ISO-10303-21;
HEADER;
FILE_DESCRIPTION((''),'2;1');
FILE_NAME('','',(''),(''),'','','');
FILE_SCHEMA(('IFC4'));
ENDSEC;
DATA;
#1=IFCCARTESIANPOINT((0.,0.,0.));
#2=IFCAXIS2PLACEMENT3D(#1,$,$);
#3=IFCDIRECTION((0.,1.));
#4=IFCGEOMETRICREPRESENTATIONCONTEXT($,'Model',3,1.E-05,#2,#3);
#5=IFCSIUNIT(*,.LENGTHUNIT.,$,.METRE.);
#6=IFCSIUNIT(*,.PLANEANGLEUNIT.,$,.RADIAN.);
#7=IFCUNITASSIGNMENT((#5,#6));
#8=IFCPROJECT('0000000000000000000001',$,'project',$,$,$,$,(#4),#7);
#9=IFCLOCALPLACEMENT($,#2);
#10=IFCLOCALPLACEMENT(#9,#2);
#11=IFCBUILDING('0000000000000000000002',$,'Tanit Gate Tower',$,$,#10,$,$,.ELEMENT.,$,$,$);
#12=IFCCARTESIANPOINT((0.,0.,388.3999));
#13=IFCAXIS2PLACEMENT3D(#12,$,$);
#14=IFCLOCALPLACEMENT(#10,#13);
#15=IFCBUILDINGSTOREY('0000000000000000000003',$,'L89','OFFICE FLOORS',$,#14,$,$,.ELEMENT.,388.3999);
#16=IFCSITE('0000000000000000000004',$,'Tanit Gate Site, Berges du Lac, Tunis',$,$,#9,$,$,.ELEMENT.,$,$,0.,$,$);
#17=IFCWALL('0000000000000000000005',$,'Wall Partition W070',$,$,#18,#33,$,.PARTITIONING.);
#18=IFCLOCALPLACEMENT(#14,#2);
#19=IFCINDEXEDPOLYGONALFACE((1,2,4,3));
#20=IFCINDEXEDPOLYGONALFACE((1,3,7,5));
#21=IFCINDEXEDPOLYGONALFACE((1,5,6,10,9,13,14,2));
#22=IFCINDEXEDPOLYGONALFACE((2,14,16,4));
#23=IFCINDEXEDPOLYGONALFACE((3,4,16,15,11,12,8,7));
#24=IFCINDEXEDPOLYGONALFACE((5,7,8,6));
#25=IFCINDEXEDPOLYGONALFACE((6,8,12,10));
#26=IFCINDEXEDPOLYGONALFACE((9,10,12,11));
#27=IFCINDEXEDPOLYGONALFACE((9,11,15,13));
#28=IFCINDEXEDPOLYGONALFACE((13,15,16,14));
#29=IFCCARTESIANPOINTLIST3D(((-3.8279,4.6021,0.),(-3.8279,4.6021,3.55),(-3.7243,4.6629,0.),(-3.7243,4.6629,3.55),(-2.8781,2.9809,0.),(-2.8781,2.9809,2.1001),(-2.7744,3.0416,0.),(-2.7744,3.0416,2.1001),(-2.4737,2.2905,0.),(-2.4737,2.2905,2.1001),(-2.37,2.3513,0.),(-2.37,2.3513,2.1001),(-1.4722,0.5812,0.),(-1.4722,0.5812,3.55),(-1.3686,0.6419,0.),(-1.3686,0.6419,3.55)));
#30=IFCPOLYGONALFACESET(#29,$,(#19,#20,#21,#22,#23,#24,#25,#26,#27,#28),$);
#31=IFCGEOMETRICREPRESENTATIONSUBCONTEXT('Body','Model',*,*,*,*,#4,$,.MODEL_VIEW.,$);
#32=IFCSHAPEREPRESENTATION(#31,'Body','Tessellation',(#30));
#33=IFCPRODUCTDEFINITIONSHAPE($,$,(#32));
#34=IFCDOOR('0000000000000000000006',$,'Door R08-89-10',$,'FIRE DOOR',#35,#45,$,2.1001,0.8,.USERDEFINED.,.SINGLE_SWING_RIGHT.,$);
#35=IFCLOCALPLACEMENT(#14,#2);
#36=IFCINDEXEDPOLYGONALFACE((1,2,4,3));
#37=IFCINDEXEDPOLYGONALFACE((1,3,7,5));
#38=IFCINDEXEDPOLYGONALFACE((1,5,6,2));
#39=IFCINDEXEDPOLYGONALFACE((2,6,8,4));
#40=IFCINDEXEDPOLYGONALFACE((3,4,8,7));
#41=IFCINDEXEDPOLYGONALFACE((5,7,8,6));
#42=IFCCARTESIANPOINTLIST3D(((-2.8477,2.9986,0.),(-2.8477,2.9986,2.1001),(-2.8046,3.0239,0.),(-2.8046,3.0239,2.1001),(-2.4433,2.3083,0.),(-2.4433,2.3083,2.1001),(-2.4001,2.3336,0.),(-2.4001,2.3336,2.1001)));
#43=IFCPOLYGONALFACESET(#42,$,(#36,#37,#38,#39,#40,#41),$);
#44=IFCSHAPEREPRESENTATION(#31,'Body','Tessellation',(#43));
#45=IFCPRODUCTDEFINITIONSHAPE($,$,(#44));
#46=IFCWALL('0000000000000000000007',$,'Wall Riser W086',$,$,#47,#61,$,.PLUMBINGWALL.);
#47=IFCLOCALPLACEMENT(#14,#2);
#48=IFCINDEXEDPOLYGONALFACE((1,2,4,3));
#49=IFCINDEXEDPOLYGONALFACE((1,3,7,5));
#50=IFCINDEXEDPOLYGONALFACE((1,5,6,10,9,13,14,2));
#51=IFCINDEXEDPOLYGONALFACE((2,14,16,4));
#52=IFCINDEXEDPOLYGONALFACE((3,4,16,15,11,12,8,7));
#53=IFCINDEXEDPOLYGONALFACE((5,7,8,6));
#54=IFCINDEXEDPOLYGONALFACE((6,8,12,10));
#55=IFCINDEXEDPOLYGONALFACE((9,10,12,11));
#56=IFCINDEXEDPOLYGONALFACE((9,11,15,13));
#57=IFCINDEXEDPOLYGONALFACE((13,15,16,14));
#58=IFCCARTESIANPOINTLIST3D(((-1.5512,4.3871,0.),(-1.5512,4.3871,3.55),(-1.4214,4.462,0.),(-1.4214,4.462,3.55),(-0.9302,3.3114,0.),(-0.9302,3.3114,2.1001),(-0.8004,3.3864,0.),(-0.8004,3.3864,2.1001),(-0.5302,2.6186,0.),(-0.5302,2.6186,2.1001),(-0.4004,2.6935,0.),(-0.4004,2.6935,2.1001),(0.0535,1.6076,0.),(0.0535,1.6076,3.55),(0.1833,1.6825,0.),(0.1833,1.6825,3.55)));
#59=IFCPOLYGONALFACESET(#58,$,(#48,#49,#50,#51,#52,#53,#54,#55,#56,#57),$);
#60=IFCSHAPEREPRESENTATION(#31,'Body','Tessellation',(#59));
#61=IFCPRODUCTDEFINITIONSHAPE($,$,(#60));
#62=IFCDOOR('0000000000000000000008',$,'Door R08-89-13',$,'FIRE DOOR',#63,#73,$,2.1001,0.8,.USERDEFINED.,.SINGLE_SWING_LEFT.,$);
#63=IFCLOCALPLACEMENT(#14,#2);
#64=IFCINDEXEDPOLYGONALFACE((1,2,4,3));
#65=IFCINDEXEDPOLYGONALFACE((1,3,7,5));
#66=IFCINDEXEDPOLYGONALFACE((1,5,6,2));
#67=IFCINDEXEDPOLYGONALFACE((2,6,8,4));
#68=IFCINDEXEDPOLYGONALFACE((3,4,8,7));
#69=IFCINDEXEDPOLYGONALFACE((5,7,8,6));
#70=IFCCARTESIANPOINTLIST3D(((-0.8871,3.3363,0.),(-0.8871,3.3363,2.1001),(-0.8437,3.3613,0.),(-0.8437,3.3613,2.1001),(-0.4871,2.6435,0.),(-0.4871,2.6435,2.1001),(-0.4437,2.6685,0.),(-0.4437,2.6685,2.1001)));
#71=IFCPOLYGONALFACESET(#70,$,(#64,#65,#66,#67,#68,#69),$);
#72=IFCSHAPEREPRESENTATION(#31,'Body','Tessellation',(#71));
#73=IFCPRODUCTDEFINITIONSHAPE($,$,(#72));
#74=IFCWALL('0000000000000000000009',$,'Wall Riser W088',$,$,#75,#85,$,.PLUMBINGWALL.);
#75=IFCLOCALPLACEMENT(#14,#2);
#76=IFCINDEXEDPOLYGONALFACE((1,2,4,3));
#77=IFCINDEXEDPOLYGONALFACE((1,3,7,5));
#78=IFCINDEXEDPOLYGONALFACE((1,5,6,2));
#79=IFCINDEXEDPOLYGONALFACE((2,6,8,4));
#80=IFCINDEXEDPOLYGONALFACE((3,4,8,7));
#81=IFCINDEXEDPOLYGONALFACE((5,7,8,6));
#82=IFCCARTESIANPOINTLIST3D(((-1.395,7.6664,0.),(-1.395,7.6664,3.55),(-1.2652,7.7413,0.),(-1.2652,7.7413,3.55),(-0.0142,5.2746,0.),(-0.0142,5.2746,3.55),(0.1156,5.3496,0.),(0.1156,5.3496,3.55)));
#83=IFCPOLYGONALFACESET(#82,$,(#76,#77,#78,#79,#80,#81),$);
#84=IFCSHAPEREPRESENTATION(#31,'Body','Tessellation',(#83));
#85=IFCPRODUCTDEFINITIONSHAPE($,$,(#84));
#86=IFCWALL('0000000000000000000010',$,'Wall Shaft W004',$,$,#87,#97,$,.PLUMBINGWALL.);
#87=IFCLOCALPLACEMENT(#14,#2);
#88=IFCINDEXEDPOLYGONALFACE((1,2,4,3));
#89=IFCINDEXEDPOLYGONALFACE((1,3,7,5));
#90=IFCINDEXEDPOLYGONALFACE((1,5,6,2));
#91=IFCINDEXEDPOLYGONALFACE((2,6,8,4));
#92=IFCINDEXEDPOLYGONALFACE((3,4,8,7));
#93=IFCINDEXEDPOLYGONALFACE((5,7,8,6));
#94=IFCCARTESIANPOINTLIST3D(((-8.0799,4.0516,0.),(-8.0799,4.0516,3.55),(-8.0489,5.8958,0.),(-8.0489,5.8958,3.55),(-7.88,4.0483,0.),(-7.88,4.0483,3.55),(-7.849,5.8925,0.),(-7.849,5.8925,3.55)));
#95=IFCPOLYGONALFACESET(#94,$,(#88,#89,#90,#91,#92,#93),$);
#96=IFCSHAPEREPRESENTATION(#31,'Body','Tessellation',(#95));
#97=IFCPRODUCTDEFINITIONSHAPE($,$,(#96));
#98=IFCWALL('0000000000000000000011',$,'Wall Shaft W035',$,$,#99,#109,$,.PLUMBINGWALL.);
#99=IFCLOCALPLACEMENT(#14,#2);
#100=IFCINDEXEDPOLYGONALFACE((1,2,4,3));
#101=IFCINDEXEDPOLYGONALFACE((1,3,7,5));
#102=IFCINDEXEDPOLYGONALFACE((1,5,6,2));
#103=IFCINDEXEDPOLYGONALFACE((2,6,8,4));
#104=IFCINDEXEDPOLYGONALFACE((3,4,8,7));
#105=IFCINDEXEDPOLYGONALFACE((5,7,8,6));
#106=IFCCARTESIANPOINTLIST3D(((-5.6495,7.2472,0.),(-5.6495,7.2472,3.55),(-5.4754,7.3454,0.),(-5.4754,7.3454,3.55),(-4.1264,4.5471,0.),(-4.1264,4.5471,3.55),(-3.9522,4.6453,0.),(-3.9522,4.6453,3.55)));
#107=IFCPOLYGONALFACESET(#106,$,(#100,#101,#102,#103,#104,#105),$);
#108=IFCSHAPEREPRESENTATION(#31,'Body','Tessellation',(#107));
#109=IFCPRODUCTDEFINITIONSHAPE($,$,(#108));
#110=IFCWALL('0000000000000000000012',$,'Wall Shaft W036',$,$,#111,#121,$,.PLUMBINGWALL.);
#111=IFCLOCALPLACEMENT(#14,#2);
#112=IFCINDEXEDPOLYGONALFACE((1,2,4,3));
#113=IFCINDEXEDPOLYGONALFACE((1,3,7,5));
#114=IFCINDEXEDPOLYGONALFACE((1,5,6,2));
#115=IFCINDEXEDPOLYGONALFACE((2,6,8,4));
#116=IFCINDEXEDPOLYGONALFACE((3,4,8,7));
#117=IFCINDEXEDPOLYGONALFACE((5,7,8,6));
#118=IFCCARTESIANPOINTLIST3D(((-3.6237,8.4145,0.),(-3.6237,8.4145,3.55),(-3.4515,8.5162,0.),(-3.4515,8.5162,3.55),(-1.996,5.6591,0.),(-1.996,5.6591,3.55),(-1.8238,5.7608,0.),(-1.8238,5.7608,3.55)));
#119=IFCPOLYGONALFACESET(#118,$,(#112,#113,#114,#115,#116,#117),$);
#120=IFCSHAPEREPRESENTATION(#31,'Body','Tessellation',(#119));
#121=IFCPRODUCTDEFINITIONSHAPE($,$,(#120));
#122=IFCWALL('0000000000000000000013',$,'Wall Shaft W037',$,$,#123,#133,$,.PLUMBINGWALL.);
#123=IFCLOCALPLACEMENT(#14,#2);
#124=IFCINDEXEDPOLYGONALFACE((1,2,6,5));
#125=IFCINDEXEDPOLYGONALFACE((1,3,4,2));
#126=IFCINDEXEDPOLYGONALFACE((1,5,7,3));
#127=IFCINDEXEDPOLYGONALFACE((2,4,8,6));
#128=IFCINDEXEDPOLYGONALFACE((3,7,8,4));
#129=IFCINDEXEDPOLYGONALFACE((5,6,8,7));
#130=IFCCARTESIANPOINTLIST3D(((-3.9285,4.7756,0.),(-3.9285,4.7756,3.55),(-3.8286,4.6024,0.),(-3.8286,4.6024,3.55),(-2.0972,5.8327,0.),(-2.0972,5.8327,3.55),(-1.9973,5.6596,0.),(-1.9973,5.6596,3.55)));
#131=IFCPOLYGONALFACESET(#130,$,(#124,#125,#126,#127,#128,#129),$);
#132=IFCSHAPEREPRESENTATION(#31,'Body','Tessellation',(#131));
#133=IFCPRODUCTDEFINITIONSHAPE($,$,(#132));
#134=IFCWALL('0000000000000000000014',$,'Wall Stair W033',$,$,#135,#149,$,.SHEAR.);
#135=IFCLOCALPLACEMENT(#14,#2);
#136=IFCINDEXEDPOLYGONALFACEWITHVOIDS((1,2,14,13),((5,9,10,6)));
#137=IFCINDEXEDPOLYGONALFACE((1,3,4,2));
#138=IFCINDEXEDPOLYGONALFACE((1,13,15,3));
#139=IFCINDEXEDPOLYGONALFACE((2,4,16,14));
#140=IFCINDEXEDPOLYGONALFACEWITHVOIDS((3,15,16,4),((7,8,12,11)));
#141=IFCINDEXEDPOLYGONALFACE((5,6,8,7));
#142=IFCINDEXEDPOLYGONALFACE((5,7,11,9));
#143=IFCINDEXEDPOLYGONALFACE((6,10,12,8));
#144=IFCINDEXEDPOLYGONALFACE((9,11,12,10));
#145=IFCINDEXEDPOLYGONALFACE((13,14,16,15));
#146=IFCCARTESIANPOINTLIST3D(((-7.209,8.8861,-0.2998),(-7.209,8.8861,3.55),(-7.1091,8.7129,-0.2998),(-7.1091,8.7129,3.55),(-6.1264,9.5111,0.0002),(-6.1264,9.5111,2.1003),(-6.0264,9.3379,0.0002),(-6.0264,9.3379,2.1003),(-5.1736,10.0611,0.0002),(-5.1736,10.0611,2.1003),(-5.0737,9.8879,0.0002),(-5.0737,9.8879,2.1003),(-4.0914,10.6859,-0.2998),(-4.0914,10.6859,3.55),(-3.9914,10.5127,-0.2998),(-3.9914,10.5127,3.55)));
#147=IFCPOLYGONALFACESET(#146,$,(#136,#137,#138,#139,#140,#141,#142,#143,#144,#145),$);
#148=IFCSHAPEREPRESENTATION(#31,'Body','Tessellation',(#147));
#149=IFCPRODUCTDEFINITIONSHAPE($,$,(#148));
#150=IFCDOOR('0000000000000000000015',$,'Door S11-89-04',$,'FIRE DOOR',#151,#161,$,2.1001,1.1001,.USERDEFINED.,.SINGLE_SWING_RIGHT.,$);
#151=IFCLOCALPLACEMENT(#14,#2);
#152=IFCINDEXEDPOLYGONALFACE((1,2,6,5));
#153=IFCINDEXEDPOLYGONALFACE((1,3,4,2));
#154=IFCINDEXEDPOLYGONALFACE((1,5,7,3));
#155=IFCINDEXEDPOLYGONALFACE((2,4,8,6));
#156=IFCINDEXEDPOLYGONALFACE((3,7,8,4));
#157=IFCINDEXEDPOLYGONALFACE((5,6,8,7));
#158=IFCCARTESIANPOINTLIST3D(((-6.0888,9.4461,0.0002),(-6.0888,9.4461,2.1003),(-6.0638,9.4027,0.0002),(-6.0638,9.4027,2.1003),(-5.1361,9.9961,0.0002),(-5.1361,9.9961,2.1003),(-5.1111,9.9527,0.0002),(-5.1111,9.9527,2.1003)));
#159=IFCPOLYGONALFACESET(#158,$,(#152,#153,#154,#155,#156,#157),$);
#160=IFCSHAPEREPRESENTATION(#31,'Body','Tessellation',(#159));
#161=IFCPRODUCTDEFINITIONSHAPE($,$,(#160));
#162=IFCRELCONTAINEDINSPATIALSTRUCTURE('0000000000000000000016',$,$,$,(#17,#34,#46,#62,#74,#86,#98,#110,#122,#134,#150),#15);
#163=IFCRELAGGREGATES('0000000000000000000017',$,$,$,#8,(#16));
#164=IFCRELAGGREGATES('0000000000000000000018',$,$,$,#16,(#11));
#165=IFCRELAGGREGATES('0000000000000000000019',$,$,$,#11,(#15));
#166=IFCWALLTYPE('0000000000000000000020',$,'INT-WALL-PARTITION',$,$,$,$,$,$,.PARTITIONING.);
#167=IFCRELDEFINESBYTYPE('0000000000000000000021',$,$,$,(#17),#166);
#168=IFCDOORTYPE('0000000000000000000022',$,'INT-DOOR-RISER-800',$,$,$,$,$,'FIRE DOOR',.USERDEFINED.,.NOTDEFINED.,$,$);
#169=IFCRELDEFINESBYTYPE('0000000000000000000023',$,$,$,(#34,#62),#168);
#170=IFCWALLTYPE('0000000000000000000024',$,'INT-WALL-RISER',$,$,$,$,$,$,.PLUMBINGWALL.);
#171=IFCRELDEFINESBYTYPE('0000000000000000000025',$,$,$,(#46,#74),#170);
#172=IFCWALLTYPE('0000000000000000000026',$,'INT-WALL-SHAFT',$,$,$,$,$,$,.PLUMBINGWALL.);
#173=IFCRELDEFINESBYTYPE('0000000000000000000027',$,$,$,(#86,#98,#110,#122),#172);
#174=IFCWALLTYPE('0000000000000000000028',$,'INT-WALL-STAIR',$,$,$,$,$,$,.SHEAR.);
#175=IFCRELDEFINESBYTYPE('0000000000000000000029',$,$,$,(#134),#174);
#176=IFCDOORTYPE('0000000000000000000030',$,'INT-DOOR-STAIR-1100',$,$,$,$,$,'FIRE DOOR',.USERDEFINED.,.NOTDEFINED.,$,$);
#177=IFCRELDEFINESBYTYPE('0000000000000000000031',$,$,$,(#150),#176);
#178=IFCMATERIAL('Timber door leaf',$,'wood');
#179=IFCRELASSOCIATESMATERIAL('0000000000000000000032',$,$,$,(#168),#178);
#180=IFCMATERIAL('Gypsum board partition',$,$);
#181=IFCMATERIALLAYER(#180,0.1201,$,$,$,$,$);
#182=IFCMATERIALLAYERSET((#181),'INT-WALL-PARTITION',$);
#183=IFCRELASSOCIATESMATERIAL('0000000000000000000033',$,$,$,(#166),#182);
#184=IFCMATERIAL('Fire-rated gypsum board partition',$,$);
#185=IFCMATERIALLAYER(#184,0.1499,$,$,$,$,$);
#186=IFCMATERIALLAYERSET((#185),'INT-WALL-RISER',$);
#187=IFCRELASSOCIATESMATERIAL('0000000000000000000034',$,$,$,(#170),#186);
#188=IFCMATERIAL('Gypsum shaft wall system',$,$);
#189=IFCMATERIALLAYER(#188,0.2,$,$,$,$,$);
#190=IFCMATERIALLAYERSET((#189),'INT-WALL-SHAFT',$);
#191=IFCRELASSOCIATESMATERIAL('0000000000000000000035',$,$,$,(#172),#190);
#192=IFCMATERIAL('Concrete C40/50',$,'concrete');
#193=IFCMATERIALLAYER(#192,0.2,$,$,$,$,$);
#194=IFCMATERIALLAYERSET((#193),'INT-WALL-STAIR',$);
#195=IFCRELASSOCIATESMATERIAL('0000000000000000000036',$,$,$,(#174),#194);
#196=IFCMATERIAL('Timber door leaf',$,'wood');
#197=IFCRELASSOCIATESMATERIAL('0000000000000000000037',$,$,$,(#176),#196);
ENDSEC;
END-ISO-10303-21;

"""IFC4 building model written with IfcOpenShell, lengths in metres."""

from ifc_helpers import new_model, si_unit, direction, frame, frame_2d, origin, place, context, subcontext, project, spatial, rectangle, extrude, material, layer, layer_set, type_object, element, fill, save


model = new_model("IFC4")

# Units and contexts
model_context = context("Model", 3, precision=1e-05, world=origin(), true_north=direction((0.0, 1.0)))
body_context = subcontext(model_context, "Body", "Model", "MODEL_VIEW")
ifc_project = project(units=[si_unit("LENGTHUNIT", "METRE"), si_unit("PLANEANGLEUNIT", "RADIAN")], contexts=[model_context])

# Site, building, storey
site_placement = place(None, origin())
site = spatial("IfcSite", under=ifc_project, at=site_placement, Name="Tanit Gate Site, Berges du Lac, Tunis", CompositionType="ELEMENT", RefElevation=0.0)
building_placement = place(site_placement, origin())
building = spatial("IfcBuilding", under=site, at=building_placement, Name="Tanit Gate Tower", CompositionType="ELEMENT")
storey_placement = place(building_placement, frame((0.0, 0.0, 388.3999)))
storey = spatial("IfcBuildingStorey", under=building, at=storey_placement, Name="L89", Description="OFFICE FLOORS", CompositionType="ELEMENT", Elevation=388.3999)

# Shared definitions
ifc_material_1 = material(Name="Timber door leaf", Category="wood")
door_type_1 = type_object("IfcDoorType", Name="INT-DOOR-RISER-800", ElementType="FIRE DOOR", OperationType="NOTDEFINED", PredefinedType="USERDEFINED", material=ifc_material_1)

# Shared definitions
ifc_material_2 = material(Name="Gypsum board partition")
ifc_layer_1 = layer(ifc_material_2, 0.1201)
ifc_layer_set_1 = layer_set([ifc_layer_1], Name="INT-WALL-PARTITION")
wall_type_1 = type_object("IfcWallType", Name="INT-WALL-PARTITION", PredefinedType="PARTITIONING", material=ifc_layer_set_1)

# Walls, openings, doors
wall_1_placement = place(storey_placement, frame((-1.4204, 0.6116, 0.0), z_axis=(0.0, 0.0, 1.0), x_axis=(-0.505492, 0.862831, 0.0)))
wall_1 = element("IfcWall", 1, at=wall_1_placement, inside=storey, type_object=wall_type_1, Name="Wall Partition W070", PredefinedType="PARTITIONING", context=body_context, shape_type="SweptSolid", body=[
    extrude(rectangle(XDim=4.6602, YDim=0.1201, at=frame_2d((2.3301, 0.0))), origin(), (0.0, 0.0, 1.0), 3.55),
])
opening_1_placement = place(wall_1_placement, frame((1.9812, 0.0, 0.0)))
opening_1 = element("IfcOpeningElement", 2, at=opening_1_placement, cuts=wall_1, PredefinedType="OPENING", context=body_context, shape_type="SweptSolid", body=[
    extrude(rectangle(XDim=0.8, YDim=2.1001, at=frame_2d((0.3999, 1.05))), frame((0.0, 0.0701, 0.0), z_axis=(0.0, -1.0, 0.0), x_axis=(1.0, 0.0, 0.0)), (0.0, 0.0, 1.0), 0.1401),
])
door_1_placement = place(opening_1_placement, origin())
door_1 = element("IfcDoor", 3, at=door_1_placement, inside=storey, type_object=door_type_1, Name="Door R08-89-10", ObjectType="FIRE DOOR", OperationType="SINGLE_SWING_RIGHT", OverallHeight=2.1001, OverallWidth=0.8, PredefinedType="USERDEFINED", context=body_context, shape_type="SweptSolid", body=[
    extrude(rectangle(XDim=0.8, YDim=2.1001, at=frame_2d((0.3999, 1.05))), frame((0.0, 0.0249, 0.0), z_axis=(0.0, -1.0, 0.0), x_axis=(1.0, 0.0, 0.0)), (0.0, 0.0, 1.0), 0.05),
])
fill(opening_1, door_1)
ifc_material_3 = material(Name="Fire-rated gypsum board partition")
ifc_layer_2 = layer(ifc_material_3, 0.1499)
ifc_layer_set_2 = layer_set([ifc_layer_2], Name="INT-WALL-RISER")
wall_type_2 = type_object("IfcWallType", Name="INT-WALL-RISER", PredefinedType="PLUMBINGWALL", material=ifc_layer_set_2)
wall_2_placement = place(storey_placement, frame((-1.4863, 4.4246, 0.0), z_axis=(0.0, 0.0, 1.0), x_axis=(0.499992, -0.86603, 0.0)))
wall_2 = element("IfcWall", 4, at=wall_2_placement, inside=storey, type_object=wall_type_2, Name="Wall Riser W086", PredefinedType="PLUMBINGWALL", context=body_context, shape_type="SweptSolid", body=[
    extrude(rectangle(XDim=3.2095, YDim=0.1499, at=frame_2d((1.6047, 0.0))), origin(), (0.0, 0.0, 1.0), 3.55),
])
opening_2_placement = place(wall_2_placement, frame((1.2422, 0.0, 0.0)))
opening_2 = element("IfcOpeningElement", 5, at=opening_2_placement, cuts=wall_2, PredefinedType="OPENING", context=body_context, shape_type="SweptSolid", body=[
    extrude(rectangle(XDim=0.8, YDim=2.1001, at=frame_2d((0.3999, 1.05))), frame((0.0, 0.085, 0.0), z_axis=(0.0, -1.0, 0.0), x_axis=(1.0, 0.0, 0.0)), (0.0, 0.0, 1.0), 0.1699),
])
door_2_placement = place(opening_2_placement, origin())
door_2 = element("IfcDoor", 6, at=door_2_placement, inside=storey, type_object=door_type_1, Name="Door R08-89-13", ObjectType="FIRE DOOR", OperationType="SINGLE_SWING_LEFT", OverallHeight=2.1001, OverallWidth=0.8, PredefinedType="USERDEFINED", context=body_context, shape_type="SweptSolid", body=[
    extrude(rectangle(XDim=0.8, YDim=2.1001, at=frame_2d((0.3999, 1.05))), frame((0.0, 0.0249, 0.0), z_axis=(0.0, -1.0, 0.0), x_axis=(1.0, 0.0, 0.0)), (0.0, 0.0, 1.0), 0.05),
])
fill(opening_2, door_2)

# Walls
wall_3_placement = place(storey_placement, frame((-1.3301, 7.7039, 0.0), z_axis=(0.0, 0.0, 1.0), x_axis=(0.49998, -0.866037, 0.0)))
element("IfcWall", 7, at=wall_3_placement, inside=storey, type_object=wall_type_2, Name="Wall Riser W088", PredefinedType="PLUMBINGWALL", context=body_context, shape_type="SweptSolid", body=[
    extrude(rectangle(XDim=2.7617, YDim=0.1499, at=frame_2d((1.3809, 0.0))), origin(), (0.0, 0.0, 1.0), 3.55),
])
ifc_material_4 = material(Name="Gypsum shaft wall system")
ifc_layer_3 = layer(ifc_material_4, 0.2)
ifc_layer_set_3 = layer_set([ifc_layer_3], Name="INT-WALL-SHAFT")
wall_type_3 = type_object("IfcWallType", Name="INT-WALL-SHAFT", PredefinedType="PLUMBINGWALL", material=ifc_layer_set_3)
wall_4_placement = place(storey_placement, frame((-7.949, 5.8943, 0.0), z_axis=(0.0, 0.0, 1.0), x_axis=(-0.01681, -0.999859, 0.0)))
element("IfcWall", 8, at=wall_4_placement, inside=storey, type_object=wall_type_3, Name="Wall Shaft W004", PredefinedType="PLUMBINGWALL", context=body_context, shape_type="SweptSolid", body=[
    extrude(rectangle(XDim=1.8445, YDim=0.2, at=frame_2d((0.9224, 0.0))), origin(), (0.0, 0.0, 1.0), 3.55),
])

# Walls
wall_5_placement = place(storey_placement, frame((-4.0393, 4.5962, 0.0), z_axis=(0.0, 0.0, 1.0), x_axis=(-0.491323, 0.870978, 0.0)))
element("IfcWall", 9, at=wall_5_placement, inside=storey, type_object=wall_type_3, Name="Wall Shaft W035", PredefinedType="PLUMBINGWALL", context=body_context, shape_type="SweptSolid", body=[
    extrude(rectangle(XDim=3.1001, YDim=0.2, at=frame_2d((1.55, 0.0))), origin(), (0.0, 0.0, 1.0), 3.55),
])
wall_6_placement = place(storey_placement, frame((-3.5376, 8.4653, 0.0), z_axis=(0.0, 0.0, 1.0), x_axis=(0.508616, -0.860993, 0.0)))
element("IfcWall", 10, at=wall_6_placement, inside=storey, type_object=wall_type_3, Name="Wall Shaft W036", PredefinedType="PLUMBINGWALL", context=body_context, shape_type="SweptSolid", body=[
    extrude(rectangle(XDim=3.2002, YDim=0.2, at=frame_2d((1.6001, 0.0))), origin(), (0.0, 0.0, 1.0), 3.55),
])
wall_7_placement = place(storey_placement, frame((-2.0474, 5.7461, 0.0), z_axis=(0.0, 0.0, 1.0), x_axis=(-0.866061, -0.499939, 0.0)))
element("IfcWall", 11, at=wall_7_placement, inside=storey, type_object=wall_type_3, Name="Wall Shaft W037", PredefinedType="PLUMBINGWALL", context=body_context, shape_type="SweptSolid", body=[
    extrude(rectangle(XDim=2.1145, YDim=0.2, at=frame_2d((1.0571, 0.0))), origin(), (0.0, 0.0, 1.0), 3.55),
])

# Wall, opening, door
ifc_material_5 = material(Name="Concrete C40/50", Category="concrete")
ifc_layer_4 = layer(ifc_material_5, 0.2)
ifc_layer_set_4 = layer_set([ifc_layer_4], Name="INT-WALL-STAIR")
wall_type_4 = type_object("IfcWallType", Name="INT-WALL-STAIR", PredefinedType="SHEAR", material=ifc_layer_set_4)
wall_8_placement = place(storey_placement, frame((-7.1589, 8.7996, -0.2998), z_axis=(0.0, 0.0, 1.0), x_axis=(0.866048, 0.499961, 0.0)))
wall_8 = element("IfcWall", 12, at=wall_8_placement, inside=storey, type_object=wall_type_4, Name="Wall Stair W033", PredefinedType="SHEAR", context=body_context, shape_type="SweptSolid", body=[
    extrude(rectangle(XDim=3.5999, YDim=0.2, at=frame_2d((1.7998, 0.0))), origin(), (0.0, 0.0, 1.0), 3.8499),
])
opening_3_placement = place(wall_8_placement, frame((1.25, 0.0, 0.3)))
opening_3 = element("IfcOpeningElement", 13, at=opening_3_placement, cuts=wall_8, PredefinedType="OPENING", context=body_context, shape_type="SweptSolid", body=[
    extrude(rectangle(XDim=1.1001, YDim=2.1001, at=frame_2d((0.55, 1.05))), frame((0.0, 0.1099, 0.0), z_axis=(0.0, -1.0, 0.0), x_axis=(1.0, 0.0, 0.0)), (0.0, 0.0, 1.0), 0.22),
])
ifc_material_6 = material(Name="Timber door leaf", Category="wood")
door_type_2 = type_object("IfcDoorType", Name="INT-DOOR-STAIR-1100", ElementType="FIRE DOOR", OperationType="NOTDEFINED", PredefinedType="USERDEFINED", material=ifc_material_6)
door_3_placement = place(opening_3_placement, origin())
door_3 = element("IfcDoor", 14, at=door_3_placement, inside=storey, type_object=door_type_2, Name="Door S11-89-04", ObjectType="FIRE DOOR", OperationType="SINGLE_SWING_RIGHT", OverallHeight=2.1001, OverallWidth=1.1001, PredefinedType="USERDEFINED", context=body_context, shape_type="SweptSolid", body=[
    extrude(rectangle(XDim=1.1001, YDim=2.1001, at=frame_2d((0.55, 1.05))), frame((0.0, 0.0249, 0.0), z_axis=(0.0, -1.0, 0.0), x_axis=(1.0, 0.0, 0.0)), (0.0, 0.0, 1.0), 0.05),
])
fill(opening_3, door_3)

save(model, "model.ifc")
